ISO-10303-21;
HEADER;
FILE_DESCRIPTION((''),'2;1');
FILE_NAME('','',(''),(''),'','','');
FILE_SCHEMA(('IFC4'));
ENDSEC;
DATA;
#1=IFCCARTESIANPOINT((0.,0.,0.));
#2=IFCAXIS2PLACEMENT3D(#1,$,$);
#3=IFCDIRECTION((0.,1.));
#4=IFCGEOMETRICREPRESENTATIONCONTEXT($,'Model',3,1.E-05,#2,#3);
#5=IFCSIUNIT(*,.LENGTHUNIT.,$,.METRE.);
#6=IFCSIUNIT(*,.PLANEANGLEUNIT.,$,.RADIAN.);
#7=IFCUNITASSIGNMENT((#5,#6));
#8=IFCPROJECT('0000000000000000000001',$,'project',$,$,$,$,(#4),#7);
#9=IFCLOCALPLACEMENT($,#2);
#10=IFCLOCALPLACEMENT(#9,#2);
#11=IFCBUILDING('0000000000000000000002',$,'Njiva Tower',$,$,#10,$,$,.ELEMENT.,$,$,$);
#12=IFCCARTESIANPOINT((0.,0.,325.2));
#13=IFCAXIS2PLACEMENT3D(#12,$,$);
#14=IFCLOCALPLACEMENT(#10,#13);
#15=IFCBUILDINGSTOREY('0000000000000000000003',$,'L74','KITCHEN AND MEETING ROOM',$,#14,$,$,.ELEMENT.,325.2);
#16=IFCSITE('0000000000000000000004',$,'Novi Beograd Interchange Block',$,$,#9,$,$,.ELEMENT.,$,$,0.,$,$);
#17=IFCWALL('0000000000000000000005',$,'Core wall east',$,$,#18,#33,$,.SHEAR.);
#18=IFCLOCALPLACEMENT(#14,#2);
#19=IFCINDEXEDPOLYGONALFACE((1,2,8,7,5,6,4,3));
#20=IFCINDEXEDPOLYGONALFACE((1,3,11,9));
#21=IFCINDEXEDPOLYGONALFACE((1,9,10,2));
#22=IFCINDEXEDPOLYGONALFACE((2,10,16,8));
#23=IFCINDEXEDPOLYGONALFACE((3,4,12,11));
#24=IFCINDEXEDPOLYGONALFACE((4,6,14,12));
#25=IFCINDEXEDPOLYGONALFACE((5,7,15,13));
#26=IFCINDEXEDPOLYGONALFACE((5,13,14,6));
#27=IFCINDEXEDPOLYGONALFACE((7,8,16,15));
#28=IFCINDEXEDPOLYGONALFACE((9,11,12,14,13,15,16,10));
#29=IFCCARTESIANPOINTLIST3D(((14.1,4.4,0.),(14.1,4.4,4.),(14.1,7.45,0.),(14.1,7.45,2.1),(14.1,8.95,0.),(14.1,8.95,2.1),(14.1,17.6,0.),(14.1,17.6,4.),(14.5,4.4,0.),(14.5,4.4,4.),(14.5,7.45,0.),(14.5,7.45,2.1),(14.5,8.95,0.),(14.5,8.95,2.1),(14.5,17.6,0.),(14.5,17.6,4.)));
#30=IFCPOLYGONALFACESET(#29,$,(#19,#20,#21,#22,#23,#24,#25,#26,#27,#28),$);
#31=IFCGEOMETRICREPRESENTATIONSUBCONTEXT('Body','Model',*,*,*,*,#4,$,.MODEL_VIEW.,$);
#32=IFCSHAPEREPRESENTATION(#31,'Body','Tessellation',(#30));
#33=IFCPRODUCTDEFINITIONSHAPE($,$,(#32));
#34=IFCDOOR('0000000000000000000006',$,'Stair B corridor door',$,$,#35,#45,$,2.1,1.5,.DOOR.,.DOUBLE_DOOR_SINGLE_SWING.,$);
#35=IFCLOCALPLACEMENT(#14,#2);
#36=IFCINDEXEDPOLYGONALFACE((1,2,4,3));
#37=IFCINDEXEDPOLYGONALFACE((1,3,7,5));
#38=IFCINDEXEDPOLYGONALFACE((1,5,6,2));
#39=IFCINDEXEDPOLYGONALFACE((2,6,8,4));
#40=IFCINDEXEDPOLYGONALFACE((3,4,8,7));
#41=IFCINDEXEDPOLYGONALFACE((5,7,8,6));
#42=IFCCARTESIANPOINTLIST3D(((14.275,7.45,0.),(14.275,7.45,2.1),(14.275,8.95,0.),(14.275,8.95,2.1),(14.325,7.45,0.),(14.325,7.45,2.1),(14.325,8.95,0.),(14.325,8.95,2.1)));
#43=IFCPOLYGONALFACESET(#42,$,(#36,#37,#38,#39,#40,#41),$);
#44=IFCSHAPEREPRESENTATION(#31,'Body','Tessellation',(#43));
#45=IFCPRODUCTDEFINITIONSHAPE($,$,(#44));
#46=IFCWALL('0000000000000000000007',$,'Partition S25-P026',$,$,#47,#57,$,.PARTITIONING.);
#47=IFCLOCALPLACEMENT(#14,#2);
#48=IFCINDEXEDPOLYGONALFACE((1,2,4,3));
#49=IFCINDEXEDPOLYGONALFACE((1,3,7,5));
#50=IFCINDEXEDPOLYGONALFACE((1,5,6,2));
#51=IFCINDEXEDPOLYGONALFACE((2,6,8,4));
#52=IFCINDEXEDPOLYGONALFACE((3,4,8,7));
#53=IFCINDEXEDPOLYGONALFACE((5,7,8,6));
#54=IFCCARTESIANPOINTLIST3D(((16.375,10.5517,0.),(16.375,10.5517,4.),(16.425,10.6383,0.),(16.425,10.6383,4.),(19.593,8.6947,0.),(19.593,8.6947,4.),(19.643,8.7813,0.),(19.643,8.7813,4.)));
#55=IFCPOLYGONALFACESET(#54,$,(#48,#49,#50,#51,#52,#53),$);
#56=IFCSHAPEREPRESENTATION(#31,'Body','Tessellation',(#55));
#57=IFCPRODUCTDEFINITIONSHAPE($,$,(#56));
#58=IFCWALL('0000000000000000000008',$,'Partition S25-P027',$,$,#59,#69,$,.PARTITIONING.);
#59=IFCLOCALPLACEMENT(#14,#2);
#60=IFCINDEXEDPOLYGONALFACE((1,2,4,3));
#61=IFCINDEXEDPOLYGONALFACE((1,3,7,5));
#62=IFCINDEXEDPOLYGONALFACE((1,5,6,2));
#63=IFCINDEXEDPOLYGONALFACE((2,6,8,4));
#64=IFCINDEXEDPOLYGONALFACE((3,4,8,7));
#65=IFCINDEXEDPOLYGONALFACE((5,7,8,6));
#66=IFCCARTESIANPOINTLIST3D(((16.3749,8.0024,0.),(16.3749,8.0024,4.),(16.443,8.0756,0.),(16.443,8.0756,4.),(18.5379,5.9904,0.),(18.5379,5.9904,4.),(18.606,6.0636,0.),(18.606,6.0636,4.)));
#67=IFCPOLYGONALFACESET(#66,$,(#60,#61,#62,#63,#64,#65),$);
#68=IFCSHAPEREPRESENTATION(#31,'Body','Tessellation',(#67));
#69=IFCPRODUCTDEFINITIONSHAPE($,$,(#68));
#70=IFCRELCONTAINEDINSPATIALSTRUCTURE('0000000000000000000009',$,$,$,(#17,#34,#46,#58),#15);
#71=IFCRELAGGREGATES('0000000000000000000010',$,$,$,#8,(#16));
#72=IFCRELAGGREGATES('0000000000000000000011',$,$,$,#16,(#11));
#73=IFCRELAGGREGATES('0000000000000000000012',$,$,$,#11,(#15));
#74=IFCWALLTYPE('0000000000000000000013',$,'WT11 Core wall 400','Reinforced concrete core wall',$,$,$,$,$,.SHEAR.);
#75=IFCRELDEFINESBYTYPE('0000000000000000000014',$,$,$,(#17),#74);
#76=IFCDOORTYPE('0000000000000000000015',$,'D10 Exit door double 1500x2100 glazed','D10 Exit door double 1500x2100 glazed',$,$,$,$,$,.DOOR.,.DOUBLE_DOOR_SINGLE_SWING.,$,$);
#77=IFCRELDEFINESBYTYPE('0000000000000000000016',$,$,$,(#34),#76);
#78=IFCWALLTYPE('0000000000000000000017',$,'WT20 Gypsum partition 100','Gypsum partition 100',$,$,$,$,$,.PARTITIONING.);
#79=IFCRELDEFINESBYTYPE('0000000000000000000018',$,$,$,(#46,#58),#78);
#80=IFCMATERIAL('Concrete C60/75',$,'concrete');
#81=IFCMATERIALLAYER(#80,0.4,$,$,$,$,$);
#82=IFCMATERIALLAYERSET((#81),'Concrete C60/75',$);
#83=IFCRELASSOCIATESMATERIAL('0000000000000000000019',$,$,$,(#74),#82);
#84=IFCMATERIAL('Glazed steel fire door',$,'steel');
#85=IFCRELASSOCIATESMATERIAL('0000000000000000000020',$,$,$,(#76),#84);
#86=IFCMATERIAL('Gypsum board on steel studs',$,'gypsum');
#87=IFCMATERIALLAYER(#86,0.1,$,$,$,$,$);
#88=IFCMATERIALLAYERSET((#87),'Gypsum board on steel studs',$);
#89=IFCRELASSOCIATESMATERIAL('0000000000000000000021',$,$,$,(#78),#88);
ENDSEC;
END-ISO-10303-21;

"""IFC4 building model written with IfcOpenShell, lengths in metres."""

from ifc_helpers import new_model, si_unit, direction, frame, frame_2d, origin, place, context, subcontext, project, spatial, rectangle, extrude, material, layer, layer_set, type_object, element, fill, save


model = new_model("IFC4")

# Units and contexts
model_context = context("Model", 3, precision=1e-05, world=origin(), true_north=direction((0.0, 1.0)))
body_context = subcontext(model_context, "Body", "Model", "MODEL_VIEW")
ifc_project = project(units=[si_unit("LENGTHUNIT", "METRE"), si_unit("PLANEANGLEUNIT", "RADIAN")], contexts=[model_context])

# Site, building, storey
site_placement = place(None, origin())
site = spatial("IfcSite", under=ifc_project, at=site_placement, Name="Novi Beograd Interchange Block", CompositionType="ELEMENT", RefElevation=0.0)
building_placement = place(site_placement, origin())
building = spatial("IfcBuilding", under=site, at=building_placement, Name="Njiva Tower", CompositionType="ELEMENT")
storey_placement = place(building_placement, frame((0.0, 0.0, 325.2)))
storey = spatial("IfcBuildingStorey", under=building, at=storey_placement, Name="L74", Description="KITCHEN AND MEETING ROOM", CompositionType="ELEMENT", Elevation=325.2)

# Wall, opening, door
ifc_material_1 = material(Name="Concrete C60/75", Category="concrete")
ifc_layer_1 = layer(ifc_material_1, 0.4)
ifc_layer_set_1 = layer_set([ifc_layer_1], Name="Concrete C60/75")
wall_type_1 = type_object("IfcWallType", Name="WT11 Core wall 400", Description="Reinforced concrete core wall", PredefinedType="SHEAR", material=ifc_layer_set_1)
wall_1_placement = place(storey_placement, frame((14.3, 4.4, 0.0), z_axis=(0.0, 0.0, 1.0), x_axis=(0.0, 1.0, 0.0)))
wall_1 = element("IfcWall", 1, at=wall_1_placement, inside=storey, type_object=wall_type_1, Name="Core wall east", PredefinedType="SHEAR", context=body_context, shape_type="SweptSolid", body=[
    extrude(rectangle(XDim=13.2, YDim=0.4, at=frame_2d((6.6, 0.0))), origin(), (0.0, 0.0, 1.0), 4.0),
])
opening_placement = place(wall_1_placement, frame((3.05, 0.0, 0.0)))
opening = element("IfcOpeningElement", 2, at=opening_placement, cuts=wall_1, PredefinedType="OPENING", context=body_context, shape_type="SweptSolid", body=[
    extrude(rectangle(XDim=1.5, YDim=2.1, at=frame_2d((0.75, 1.05))), frame((0.0, 0.21, 0.0), z_axis=(0.0, -1.0, 0.0), x_axis=(1.0, 0.0, 0.0)), (0.0, 0.0, 1.0), 0.42),
])
ifc_material_2 = material(Name="Glazed steel fire door", Category="steel")
door_type = type_object("IfcDoorType", Name="D10 Exit door double 1500x2100 glazed", Description="D10 Exit door double 1500x2100 glazed", OperationType="DOUBLE_DOOR_SINGLE_SWING", PredefinedType="DOOR", material=ifc_material_2)
door_placement = place(opening_placement, origin())
door = element("IfcDoor", 3, at=door_placement, inside=storey, type_object=door_type, Name="Stair B corridor door", OperationType="DOUBLE_DOOR_SINGLE_SWING", OverallHeight=2.1, OverallWidth=1.5, PredefinedType="DOOR", context=body_context, shape_type="SweptSolid", body=[
    extrude(rectangle(XDim=1.5, YDim=2.1, at=frame_2d((0.75, 1.05))), frame((0.0, 0.025, 0.0), z_axis=(0.0, -1.0, 0.0), x_axis=(1.0, 0.0, 0.0)), (0.0, 0.0, 1.0), 0.05),
])
fill(opening, door)

# Walls
ifc_material_3 = material(Name="Gypsum board on steel studs", Category="gypsum")
ifc_layer_2 = layer(ifc_material_3, 0.1)
ifc_layer_set_2 = layer_set([ifc_layer_2], Name="Gypsum board on steel studs")
wall_type_2 = type_object("IfcWallType", Name="WT20 Gypsum partition 100", Description="Gypsum partition 100", PredefinedType="PARTITIONING", material=ifc_layer_set_2)
wall_2_placement = place(storey_placement, frame((16.4, 10.595, 0.0), z_axis=(0.0, 0.0, 1.0), x_axis=(0.866132, -0.499816, 0.0)))
element("IfcWall", 4, at=wall_2_placement, inside=storey, type_object=wall_type_2, Name="Partition S25-P026", PredefinedType="PARTITIONING", context=body_context, shape_type="SweptSolid", body=[
    extrude(rectangle(XDim=3.7154, YDim=0.1, at=frame_2d((1.8577, 0.0))), origin(), (0.0, 0.0, 1.0), 4.0),
])
wall_3_placement = place(storey_placement, frame((16.409, 8.039, 0.0), z_axis=(0.0, 0.0, 1.0), x_axis=(0.732202, -0.681087, 0.0)))
element("IfcWall", 5, at=wall_3_placement, inside=storey, type_object=wall_type_2, Name="Partition S25-P027", PredefinedType="PARTITIONING", context=body_context, shape_type="SweptSolid", body=[
    extrude(rectangle(XDim=2.9541, YDim=0.1, at=frame_2d((1.477, 0.0))), origin(), (0.0, 0.0, 1.0), 4.0),
])

save(model, "model.ifc")
